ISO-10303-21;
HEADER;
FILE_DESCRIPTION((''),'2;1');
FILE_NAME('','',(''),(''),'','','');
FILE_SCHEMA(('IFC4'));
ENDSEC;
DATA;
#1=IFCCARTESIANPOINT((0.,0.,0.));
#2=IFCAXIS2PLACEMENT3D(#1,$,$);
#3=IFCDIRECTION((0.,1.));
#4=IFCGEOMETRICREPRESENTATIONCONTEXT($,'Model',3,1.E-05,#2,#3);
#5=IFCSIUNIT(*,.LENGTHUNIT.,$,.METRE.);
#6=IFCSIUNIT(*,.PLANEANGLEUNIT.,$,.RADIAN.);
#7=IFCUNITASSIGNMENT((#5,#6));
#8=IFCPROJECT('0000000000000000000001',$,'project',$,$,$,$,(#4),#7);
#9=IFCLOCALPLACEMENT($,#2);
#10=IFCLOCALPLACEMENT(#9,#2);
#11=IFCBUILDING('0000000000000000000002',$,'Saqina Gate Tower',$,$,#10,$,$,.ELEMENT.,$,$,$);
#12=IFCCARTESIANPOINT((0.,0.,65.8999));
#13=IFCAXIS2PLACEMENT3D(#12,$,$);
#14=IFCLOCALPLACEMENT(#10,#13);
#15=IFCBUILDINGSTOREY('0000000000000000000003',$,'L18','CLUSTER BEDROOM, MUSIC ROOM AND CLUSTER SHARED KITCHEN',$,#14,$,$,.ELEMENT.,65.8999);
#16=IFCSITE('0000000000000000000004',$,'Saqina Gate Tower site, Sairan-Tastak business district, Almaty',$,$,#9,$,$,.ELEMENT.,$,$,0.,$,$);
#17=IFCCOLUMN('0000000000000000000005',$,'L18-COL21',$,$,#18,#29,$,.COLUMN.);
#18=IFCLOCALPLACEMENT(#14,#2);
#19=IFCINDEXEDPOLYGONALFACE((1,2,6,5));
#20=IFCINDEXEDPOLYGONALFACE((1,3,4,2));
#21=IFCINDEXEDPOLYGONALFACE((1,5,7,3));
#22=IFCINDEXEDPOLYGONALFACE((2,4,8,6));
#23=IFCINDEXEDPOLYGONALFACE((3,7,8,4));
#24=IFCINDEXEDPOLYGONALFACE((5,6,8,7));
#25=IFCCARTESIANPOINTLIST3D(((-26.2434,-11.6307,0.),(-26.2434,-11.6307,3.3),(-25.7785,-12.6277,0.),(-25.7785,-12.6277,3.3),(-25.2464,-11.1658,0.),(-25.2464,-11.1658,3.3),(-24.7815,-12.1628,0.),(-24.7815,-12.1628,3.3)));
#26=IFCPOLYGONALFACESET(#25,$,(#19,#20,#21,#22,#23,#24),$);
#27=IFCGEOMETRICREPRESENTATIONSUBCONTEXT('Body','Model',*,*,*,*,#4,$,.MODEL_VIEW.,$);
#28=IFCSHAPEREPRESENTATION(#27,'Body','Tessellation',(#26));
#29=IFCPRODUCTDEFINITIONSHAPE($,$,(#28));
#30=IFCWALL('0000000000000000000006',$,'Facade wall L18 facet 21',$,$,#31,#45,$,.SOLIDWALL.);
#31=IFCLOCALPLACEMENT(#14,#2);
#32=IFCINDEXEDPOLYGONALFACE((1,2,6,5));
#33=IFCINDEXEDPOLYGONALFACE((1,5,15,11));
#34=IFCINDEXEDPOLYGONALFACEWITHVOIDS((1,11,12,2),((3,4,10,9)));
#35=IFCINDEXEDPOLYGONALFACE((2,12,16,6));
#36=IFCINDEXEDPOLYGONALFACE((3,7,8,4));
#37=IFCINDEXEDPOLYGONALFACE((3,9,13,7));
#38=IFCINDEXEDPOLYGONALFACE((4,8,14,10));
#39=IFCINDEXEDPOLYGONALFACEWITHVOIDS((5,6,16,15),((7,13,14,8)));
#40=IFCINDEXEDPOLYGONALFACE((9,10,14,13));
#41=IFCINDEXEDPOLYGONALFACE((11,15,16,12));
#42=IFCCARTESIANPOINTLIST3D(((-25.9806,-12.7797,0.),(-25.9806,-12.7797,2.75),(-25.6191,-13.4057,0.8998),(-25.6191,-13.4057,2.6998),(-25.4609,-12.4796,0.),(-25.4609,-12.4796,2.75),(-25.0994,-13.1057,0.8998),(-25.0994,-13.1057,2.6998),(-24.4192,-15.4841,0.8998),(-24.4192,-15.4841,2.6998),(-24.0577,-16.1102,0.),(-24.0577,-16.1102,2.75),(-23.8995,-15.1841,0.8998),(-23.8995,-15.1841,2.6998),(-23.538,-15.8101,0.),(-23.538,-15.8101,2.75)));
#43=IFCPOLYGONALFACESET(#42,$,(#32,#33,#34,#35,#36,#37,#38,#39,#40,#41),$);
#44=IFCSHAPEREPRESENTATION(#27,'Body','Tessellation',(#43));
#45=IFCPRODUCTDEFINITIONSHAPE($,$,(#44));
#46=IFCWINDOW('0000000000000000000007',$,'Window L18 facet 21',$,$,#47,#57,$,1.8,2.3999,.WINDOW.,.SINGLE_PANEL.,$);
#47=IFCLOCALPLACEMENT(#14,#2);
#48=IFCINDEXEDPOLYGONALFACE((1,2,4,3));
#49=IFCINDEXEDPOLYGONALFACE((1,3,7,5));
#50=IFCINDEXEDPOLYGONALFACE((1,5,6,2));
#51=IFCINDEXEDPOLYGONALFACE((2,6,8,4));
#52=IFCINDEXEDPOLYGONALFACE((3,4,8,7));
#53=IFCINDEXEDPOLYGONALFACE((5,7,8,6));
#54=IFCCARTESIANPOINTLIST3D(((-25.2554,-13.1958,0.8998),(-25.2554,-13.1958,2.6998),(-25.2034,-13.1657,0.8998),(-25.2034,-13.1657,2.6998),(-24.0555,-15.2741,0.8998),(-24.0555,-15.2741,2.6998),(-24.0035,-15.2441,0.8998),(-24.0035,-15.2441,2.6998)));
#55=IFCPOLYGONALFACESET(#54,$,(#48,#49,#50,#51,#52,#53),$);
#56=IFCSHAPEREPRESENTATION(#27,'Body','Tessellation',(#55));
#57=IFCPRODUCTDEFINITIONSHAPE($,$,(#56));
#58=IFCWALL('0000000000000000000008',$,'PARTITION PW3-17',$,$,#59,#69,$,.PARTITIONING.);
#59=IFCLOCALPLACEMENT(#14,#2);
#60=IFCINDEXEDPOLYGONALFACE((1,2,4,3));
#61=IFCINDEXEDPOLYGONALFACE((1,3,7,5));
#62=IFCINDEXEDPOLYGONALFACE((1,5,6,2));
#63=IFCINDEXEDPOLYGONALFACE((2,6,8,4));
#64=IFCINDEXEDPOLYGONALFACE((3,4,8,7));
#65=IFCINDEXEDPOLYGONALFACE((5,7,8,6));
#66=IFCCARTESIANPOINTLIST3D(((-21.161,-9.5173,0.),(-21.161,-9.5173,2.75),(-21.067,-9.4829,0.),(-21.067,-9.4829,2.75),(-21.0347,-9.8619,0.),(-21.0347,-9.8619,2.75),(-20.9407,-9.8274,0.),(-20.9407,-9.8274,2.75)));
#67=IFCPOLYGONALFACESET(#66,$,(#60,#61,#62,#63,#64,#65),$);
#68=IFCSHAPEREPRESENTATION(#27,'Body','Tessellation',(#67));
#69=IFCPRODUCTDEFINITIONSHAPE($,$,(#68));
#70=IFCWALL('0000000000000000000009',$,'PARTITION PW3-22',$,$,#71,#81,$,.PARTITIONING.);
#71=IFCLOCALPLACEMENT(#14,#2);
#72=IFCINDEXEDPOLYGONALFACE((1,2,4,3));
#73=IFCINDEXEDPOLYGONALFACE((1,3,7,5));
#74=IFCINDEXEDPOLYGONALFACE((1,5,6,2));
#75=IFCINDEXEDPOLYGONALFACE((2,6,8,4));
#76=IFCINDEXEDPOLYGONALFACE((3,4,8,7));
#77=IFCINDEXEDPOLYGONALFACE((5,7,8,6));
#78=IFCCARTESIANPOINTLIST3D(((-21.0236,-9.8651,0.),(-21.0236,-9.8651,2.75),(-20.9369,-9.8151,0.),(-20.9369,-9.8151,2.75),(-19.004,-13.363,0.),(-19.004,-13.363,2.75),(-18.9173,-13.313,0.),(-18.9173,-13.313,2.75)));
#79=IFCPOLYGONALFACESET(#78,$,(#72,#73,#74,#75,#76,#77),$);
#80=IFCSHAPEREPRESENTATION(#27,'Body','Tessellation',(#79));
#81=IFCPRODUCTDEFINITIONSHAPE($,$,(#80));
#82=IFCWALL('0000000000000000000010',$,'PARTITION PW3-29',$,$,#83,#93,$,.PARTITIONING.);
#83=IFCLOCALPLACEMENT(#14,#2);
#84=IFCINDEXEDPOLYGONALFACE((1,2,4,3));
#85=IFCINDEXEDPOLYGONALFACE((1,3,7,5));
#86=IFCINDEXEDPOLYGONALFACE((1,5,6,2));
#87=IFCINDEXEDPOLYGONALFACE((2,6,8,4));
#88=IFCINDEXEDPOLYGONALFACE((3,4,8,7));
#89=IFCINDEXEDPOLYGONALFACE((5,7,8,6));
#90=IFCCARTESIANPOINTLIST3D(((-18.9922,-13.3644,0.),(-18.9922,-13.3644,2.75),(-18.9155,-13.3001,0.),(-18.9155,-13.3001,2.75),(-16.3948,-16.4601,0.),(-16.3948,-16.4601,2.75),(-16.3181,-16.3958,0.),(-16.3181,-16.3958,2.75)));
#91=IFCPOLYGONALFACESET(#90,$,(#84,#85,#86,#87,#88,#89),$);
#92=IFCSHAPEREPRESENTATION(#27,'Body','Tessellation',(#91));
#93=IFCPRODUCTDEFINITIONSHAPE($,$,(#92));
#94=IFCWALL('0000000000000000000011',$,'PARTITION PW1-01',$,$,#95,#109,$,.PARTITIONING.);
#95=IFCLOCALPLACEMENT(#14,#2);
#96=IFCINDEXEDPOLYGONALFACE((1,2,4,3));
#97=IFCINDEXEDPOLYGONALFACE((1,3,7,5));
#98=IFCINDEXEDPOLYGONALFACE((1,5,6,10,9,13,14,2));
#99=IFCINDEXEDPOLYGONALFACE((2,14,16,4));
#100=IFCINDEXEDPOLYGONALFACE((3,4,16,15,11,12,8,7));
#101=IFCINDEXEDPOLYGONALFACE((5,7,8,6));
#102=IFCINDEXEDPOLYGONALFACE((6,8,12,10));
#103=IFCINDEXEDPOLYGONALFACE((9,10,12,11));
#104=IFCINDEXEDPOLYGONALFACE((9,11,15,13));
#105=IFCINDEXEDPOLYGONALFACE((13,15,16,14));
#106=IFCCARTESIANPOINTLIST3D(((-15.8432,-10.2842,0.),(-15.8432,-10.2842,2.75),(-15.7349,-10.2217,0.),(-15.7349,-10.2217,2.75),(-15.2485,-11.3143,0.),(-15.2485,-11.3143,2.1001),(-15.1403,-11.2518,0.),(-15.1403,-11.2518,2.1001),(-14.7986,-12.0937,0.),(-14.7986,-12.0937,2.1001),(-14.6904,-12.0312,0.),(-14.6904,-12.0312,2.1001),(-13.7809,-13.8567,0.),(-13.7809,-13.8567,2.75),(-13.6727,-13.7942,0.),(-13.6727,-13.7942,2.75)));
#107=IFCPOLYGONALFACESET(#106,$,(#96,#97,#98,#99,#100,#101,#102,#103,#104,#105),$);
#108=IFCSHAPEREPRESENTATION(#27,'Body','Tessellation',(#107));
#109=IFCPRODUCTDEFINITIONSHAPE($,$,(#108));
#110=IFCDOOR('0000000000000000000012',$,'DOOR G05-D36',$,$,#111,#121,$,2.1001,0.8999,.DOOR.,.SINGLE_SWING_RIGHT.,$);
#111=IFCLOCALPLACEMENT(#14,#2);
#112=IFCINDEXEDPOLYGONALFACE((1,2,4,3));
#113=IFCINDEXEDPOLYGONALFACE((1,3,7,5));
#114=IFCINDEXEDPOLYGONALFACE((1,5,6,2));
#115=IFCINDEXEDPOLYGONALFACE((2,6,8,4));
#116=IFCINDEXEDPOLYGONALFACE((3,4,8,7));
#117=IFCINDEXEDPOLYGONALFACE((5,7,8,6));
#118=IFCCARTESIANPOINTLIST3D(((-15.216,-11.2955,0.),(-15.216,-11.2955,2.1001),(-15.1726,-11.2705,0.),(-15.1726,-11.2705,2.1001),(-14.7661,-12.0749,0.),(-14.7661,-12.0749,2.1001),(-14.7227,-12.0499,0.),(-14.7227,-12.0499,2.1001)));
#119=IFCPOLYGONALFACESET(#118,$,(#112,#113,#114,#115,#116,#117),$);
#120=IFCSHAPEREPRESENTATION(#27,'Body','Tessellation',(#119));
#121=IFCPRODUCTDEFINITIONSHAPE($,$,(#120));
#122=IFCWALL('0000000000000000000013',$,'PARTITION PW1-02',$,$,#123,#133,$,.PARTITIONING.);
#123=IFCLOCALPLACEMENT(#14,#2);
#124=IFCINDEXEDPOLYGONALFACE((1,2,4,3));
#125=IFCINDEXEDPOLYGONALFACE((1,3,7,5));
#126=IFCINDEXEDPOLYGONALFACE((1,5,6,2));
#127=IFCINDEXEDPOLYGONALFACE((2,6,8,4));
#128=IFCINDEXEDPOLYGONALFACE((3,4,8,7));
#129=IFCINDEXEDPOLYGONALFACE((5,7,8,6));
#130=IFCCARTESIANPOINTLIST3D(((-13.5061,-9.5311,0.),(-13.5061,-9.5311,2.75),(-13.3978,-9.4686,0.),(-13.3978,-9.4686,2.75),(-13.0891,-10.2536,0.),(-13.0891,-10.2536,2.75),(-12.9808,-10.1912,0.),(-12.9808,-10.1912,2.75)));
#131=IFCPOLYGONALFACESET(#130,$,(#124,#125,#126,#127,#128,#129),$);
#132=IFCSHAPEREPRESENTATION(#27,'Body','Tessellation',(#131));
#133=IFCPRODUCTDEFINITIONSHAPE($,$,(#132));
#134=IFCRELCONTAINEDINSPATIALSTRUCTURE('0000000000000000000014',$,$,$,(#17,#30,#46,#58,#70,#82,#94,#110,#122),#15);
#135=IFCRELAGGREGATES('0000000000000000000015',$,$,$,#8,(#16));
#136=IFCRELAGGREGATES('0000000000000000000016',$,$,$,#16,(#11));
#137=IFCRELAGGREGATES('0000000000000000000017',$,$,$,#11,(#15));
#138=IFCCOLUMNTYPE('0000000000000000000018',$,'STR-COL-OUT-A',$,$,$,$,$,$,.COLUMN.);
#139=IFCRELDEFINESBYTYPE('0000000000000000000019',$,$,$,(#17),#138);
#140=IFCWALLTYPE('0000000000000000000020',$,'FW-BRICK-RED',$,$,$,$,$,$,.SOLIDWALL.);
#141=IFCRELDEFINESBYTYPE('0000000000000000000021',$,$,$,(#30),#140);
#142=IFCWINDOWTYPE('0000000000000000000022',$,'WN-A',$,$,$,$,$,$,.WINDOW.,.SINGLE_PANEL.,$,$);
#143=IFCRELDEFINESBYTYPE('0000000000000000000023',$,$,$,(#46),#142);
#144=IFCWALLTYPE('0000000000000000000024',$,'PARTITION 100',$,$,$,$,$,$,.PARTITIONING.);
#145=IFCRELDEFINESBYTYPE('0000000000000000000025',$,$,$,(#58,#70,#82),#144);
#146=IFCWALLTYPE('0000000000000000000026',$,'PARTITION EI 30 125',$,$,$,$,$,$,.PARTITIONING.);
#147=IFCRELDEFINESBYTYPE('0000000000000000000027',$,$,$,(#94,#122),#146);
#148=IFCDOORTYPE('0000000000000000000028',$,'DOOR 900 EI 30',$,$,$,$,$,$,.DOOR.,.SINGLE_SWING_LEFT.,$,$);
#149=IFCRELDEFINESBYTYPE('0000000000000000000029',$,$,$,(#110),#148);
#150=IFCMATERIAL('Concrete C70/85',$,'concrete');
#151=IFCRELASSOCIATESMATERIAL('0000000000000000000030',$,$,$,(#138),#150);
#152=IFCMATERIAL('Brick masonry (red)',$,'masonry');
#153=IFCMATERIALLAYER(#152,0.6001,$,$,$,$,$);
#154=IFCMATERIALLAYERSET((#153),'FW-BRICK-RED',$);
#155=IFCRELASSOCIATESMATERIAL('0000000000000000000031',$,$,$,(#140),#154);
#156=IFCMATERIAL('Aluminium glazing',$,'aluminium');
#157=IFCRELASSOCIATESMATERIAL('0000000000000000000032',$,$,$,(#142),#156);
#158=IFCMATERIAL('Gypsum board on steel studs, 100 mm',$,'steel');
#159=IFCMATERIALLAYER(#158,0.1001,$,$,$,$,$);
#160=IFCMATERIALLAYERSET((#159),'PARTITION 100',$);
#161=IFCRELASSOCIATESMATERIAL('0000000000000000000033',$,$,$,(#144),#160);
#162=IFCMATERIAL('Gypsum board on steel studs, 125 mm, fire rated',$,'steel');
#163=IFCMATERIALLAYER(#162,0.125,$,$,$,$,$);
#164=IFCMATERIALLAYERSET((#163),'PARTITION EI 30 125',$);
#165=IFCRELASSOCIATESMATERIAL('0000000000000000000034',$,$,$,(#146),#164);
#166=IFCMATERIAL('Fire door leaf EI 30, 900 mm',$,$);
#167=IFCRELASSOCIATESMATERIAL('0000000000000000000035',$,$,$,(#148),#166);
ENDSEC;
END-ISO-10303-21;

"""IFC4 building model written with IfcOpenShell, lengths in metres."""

from ifc_helpers import new_model, si_unit, direction, frame, frame_2d, origin, origin_2d, place, context, subcontext, project, spatial, rectangle, extrude, material, layer, layer_set, material_profile, profile_set, type_object, element, fill, save


model = new_model("IFC4")

# Units and contexts
model_context = context("Model", 3, precision=1e-05, world=origin(), true_north=direction((0.0, 1.0)))
body_context = subcontext(model_context, "Body", "Model", "MODEL_VIEW")
ifc_project = project(units=[si_unit("LENGTHUNIT", "METRE"), si_unit("PLANEANGLEUNIT", "RADIAN")], contexts=[model_context])

# Site, building, storey
site_placement = place(None, origin())
site = spatial("IfcSite", under=ifc_project, at=site_placement, Name="Saqina Gate Tower site, Sairan-Tastak business district, Almaty", CompositionType="ELEMENT", RefElevation=0.0)
building_placement = place(site_placement, origin())
building = spatial("IfcBuilding", under=site, at=building_placement, Name="Saqina Gate Tower", CompositionType="ELEMENT")
storey_placement = place(building_placement, frame((0.0, 0.0, 65.8999)))
storey = spatial("IfcBuildingStorey", under=building, at=storey_placement, Name="L18", Description="CLUSTER BEDROOM, MUSIC ROOM AND CLUSTER SHARED KITCHEN", CompositionType="ELEMENT", Elevation=65.8999)

# Column
ifc_material_1 = material(Name="Concrete C70/85", Category="concrete")
ifc_material_profile = material_profile(ifc_material_1, rectangle(XDim=1.1001, YDim=1.1001, at=origin_2d()), Name="RC 1100x1100")
ifc_profile_set = profile_set([ifc_material_profile], Name="Concrete C70/85")
column_type = type_object("IfcColumnType", Name="STR-COL-OUT-A", PredefinedType="COLUMN", material=ifc_profile_set)
column_placement = place(storey_placement, frame((-25.5125, -11.8967, 0.0), z_axis=(0.0, 0.0, 1.0), x_axis=(-0.906308, -0.422618, 0.0)))
element("IfcColumn", 1, at=column_placement, inside=storey, type_object=column_type, Name="L18-COL21", PredefinedType="COLUMN", context=body_context, shape_type="SweptSolid", body=[
    extrude(rectangle(XDim=1.1001, YDim=1.1001, at=origin_2d()), origin(), (0.0, 0.0, 1.0), 3.3),
])

# Wall, opening, window
ifc_material_2 = material(Name="Brick masonry (red)", Category="masonry")
ifc_layer_1 = layer(ifc_material_2, 0.6001)
ifc_layer_set_1 = layer_set([ifc_layer_1], Name="FW-BRICK-RED")
wall_type_1 = type_object("IfcWallType", Name="FW-BRICK-RED", PredefinedType="SOLIDWALL", material=ifc_layer_set_1)
wall_1_placement = place(storey_placement, frame((-25.7207, -12.6296, 0.0), z_axis=(0.0, 0.0, 1.0), x_axis=(0.49999, -0.866031, 0.0)))
wall_1 = element("IfcWall", 2, at=wall_1_placement, inside=storey, type_object=wall_type_1, Name="Facade wall L18 facet 21", PredefinedType="SOLIDWALL", context=body_context, shape_type="SweptSolid", body=[
    extrude(rectangle(XDim=3.8457, YDim=0.6001, at=frame_2d((1.9229, 0.0))), origin(), (0.0, 0.0, 1.0), 2.75),
])
opening_1_placement = place(wall_1_placement, frame((0.7229, 0.0, 0.8999)))
opening_1 = element("IfcOpeningElement", 3, at=opening_1_placement, cuts=wall_1, PredefinedType="OPENING", context=body_context, shape_type="SweptSolid", body=[
    extrude(rectangle(XDim=2.3999, YDim=1.8, at=frame_2d((1.2, 0.8999))), frame((0.0, 0.312, 0.0), z_axis=(0.0, -1.0, 0.0), x_axis=(1.0, 0.0, 0.0)), (0.0, 0.0, 1.0), 0.624),
])
ifc_material_3 = material(Name="Aluminium glazing", Category="aluminium")
window_type = type_object("IfcWindowType", Name="WN-A", PartitioningType="SINGLE_PANEL", PredefinedType="WINDOW", material=ifc_material_3)
window_placement = place(opening_1_placement, origin())
window = element("IfcWindow", 4, at=window_placement, inside=storey, type_object=window_type, Name="Window L18 facet 21", OverallHeight=1.8, OverallWidth=2.3999, PartitioningType="SINGLE_PANEL", PredefinedType="WINDOW", context=body_context, shape_type="SweptSolid", body=[
    extrude(rectangle(XDim=2.3999, YDim=1.8, at=frame_2d((1.2, 0.8999))), frame((0.0, 0.1799, 0.0), z_axis=(0.0, -1.0, 0.0), x_axis=(1.0, 0.0, 0.0)), (0.0, 0.0, 1.0), 0.0601),
])
fill(opening_1, window)

# Walls
ifc_material_4 = material(Name="Gypsum board on steel studs, 100 mm", Category="steel")
ifc_layer_2 = layer(ifc_material_4, 0.1001)
ifc_layer_set_2 = layer_set([ifc_layer_2], Name="PARTITION 100")
wall_type_2 = type_object("IfcWallType", Name="PARTITION 100", PredefinedType="PARTITIONING", material=ifc_layer_set_2)
wall_2_placement = place(storey_placement, frame((-21.114, -9.5, 0.0), z_axis=(0.0, 0.0, 1.0), x_axis=(0.34404, -0.938955, 0.0)))
element("IfcWall", 5, at=wall_2_placement, inside=storey, type_object=wall_type_2, Name="PARTITION PW3-17", PredefinedType="PARTITIONING", context=body_context, shape_type="SweptSolid", body=[
    extrude(rectangle(XDim=0.3669, YDim=0.1001, at=frame_2d((0.1836, 0.0))), origin(), (0.0, 0.0, 1.0), 2.75),
])
wall_3_placement = place(storey_placement, frame((-20.9802, -9.8401, 0.0), z_axis=(0.0, 0.0, 1.0), x_axis=(0.500014, -0.866017, 0.0)))
element("IfcWall", 6, at=wall_3_placement, inside=storey, type_object=wall_type_2, Name="PARTITION PW3-22", PredefinedType="PARTITIONING", context=body_context, shape_type="SweptSolid", body=[
    extrude(rectangle(XDim=4.0391, YDim=0.1001, at=frame_2d((2.0195, 0.0))), origin(), (0.0, 0.0, 1.0), 2.75),
])
wall_4_placement = place(storey_placement, frame((-18.9539, -13.3323, 0.0), z_axis=(0.0, 0.0, 1.0), x_axis=(0.64276, -0.766068, 0.0)))
element("IfcWall", 7, at=wall_4_placement, inside=storey, type_object=wall_type_2, Name="PARTITION PW3-29", PredefinedType="PARTITIONING", context=body_context, shape_type="SweptSolid", body=[
    extrude(rectangle(XDim=4.041, YDim=0.1001, at=frame_2d((2.0205, 0.0))), origin(), (0.0, 0.0, 1.0), 2.75),
])

# Wall, opening, door
ifc_material_5 = material(Name="Gypsum board on steel studs, 125 mm, fire rated", Category="steel")
ifc_layer_3 = layer(ifc_material_5, 0.125)
ifc_layer_set_3 = layer_set([ifc_layer_3], Name="PARTITION EI 30 125")
wall_type_3 = type_object("IfcWallType", Name="PARTITION EI 30 125", PredefinedType="PARTITIONING", material=ifc_layer_set_3)
wall_5_placement = place(storey_placement, frame((-15.7891, -10.2529, 0.0), z_axis=(0.0, 0.0, 1.0), x_axis=(0.499939, -0.86606, 0.0)))
wall_5 = element("IfcWall", 8, at=wall_5_placement, inside=storey, type_object=wall_type_3, Name="PARTITION PW1-01", PredefinedType="PARTITIONING", context=body_context, shape_type="SweptSolid", body=[
    extrude(rectangle(XDim=4.125, YDim=0.125, at=frame_2d((2.0625, 0.0))), origin(), (0.0, 0.0, 1.0), 2.75),
])
opening_2_placement = place(wall_5_placement, frame((1.1895, 0.0, 0.0)))
opening_2 = element("IfcOpeningElement", 9, at=opening_2_placement, cuts=wall_5, PredefinedType="OPENING", context=body_context, shape_type="SweptSolid", body=[
    extrude(rectangle(XDim=0.8999, YDim=2.1001, at=frame_2d((0.45, 1.05))), frame((0.0, 0.0745, 0.0), z_axis=(0.0, -1.0, 0.0), x_axis=(1.0, 0.0, 0.0)), (0.0, 0.0, 1.0), 0.1489),
])
ifc_material_6 = material(Name="Fire door leaf EI 30, 900 mm")
door_type_1 = type_object("IfcDoorType", Name="DOOR 900 EI 30", OperationType="SINGLE_SWING_LEFT", PredefinedType="DOOR", material=ifc_material_6)
door_1_placement = place(opening_2_placement, frame((0.8999, 0.0, 0.0), z_axis=(0.0, 0.0, 1.0), x_axis=(-1.0, 0.0, 0.0)))
door_1 = element("IfcDoor", 10, at=door_1_placement, inside=storey, type_object=door_type_1, Name="DOOR G05-D36", OperationType="SINGLE_SWING_RIGHT", OverallHeight=2.1001, OverallWidth=0.8999, PredefinedType="DOOR", context=body_context, shape_type="SweptSolid", body=[
    extrude(rectangle(XDim=0.8999, YDim=2.1001, at=frame_2d((0.45, 1.05))), frame((0.0, 0.0249, 0.0), z_axis=(0.0, -1.0, 0.0), x_axis=(1.0, 0.0, 0.0)), (0.0, 0.0, 1.0), 0.05),
])
fill(opening_2, door_1)

# Wall
wall_6_placement = place(storey_placement, frame((-13.4519, -9.5, 0.0), z_axis=(0.0, 0.0, 1.0), x_axis=(0.499917, -0.866073, 0.0)))
element("IfcWall", 11, at=wall_6_placement, inside=storey, type_object=wall_type_3, Name="PARTITION PW1-02", PredefinedType="PARTITIONING", context=body_context, shape_type="SweptSolid", body=[
    extrude(rectangle(XDim=0.8342, YDim=0.125, at=frame_2d((0.417, 0.0))), origin(), (0.0, 0.0, 1.0), 2.75),
])

save(model, "model.ifc")
